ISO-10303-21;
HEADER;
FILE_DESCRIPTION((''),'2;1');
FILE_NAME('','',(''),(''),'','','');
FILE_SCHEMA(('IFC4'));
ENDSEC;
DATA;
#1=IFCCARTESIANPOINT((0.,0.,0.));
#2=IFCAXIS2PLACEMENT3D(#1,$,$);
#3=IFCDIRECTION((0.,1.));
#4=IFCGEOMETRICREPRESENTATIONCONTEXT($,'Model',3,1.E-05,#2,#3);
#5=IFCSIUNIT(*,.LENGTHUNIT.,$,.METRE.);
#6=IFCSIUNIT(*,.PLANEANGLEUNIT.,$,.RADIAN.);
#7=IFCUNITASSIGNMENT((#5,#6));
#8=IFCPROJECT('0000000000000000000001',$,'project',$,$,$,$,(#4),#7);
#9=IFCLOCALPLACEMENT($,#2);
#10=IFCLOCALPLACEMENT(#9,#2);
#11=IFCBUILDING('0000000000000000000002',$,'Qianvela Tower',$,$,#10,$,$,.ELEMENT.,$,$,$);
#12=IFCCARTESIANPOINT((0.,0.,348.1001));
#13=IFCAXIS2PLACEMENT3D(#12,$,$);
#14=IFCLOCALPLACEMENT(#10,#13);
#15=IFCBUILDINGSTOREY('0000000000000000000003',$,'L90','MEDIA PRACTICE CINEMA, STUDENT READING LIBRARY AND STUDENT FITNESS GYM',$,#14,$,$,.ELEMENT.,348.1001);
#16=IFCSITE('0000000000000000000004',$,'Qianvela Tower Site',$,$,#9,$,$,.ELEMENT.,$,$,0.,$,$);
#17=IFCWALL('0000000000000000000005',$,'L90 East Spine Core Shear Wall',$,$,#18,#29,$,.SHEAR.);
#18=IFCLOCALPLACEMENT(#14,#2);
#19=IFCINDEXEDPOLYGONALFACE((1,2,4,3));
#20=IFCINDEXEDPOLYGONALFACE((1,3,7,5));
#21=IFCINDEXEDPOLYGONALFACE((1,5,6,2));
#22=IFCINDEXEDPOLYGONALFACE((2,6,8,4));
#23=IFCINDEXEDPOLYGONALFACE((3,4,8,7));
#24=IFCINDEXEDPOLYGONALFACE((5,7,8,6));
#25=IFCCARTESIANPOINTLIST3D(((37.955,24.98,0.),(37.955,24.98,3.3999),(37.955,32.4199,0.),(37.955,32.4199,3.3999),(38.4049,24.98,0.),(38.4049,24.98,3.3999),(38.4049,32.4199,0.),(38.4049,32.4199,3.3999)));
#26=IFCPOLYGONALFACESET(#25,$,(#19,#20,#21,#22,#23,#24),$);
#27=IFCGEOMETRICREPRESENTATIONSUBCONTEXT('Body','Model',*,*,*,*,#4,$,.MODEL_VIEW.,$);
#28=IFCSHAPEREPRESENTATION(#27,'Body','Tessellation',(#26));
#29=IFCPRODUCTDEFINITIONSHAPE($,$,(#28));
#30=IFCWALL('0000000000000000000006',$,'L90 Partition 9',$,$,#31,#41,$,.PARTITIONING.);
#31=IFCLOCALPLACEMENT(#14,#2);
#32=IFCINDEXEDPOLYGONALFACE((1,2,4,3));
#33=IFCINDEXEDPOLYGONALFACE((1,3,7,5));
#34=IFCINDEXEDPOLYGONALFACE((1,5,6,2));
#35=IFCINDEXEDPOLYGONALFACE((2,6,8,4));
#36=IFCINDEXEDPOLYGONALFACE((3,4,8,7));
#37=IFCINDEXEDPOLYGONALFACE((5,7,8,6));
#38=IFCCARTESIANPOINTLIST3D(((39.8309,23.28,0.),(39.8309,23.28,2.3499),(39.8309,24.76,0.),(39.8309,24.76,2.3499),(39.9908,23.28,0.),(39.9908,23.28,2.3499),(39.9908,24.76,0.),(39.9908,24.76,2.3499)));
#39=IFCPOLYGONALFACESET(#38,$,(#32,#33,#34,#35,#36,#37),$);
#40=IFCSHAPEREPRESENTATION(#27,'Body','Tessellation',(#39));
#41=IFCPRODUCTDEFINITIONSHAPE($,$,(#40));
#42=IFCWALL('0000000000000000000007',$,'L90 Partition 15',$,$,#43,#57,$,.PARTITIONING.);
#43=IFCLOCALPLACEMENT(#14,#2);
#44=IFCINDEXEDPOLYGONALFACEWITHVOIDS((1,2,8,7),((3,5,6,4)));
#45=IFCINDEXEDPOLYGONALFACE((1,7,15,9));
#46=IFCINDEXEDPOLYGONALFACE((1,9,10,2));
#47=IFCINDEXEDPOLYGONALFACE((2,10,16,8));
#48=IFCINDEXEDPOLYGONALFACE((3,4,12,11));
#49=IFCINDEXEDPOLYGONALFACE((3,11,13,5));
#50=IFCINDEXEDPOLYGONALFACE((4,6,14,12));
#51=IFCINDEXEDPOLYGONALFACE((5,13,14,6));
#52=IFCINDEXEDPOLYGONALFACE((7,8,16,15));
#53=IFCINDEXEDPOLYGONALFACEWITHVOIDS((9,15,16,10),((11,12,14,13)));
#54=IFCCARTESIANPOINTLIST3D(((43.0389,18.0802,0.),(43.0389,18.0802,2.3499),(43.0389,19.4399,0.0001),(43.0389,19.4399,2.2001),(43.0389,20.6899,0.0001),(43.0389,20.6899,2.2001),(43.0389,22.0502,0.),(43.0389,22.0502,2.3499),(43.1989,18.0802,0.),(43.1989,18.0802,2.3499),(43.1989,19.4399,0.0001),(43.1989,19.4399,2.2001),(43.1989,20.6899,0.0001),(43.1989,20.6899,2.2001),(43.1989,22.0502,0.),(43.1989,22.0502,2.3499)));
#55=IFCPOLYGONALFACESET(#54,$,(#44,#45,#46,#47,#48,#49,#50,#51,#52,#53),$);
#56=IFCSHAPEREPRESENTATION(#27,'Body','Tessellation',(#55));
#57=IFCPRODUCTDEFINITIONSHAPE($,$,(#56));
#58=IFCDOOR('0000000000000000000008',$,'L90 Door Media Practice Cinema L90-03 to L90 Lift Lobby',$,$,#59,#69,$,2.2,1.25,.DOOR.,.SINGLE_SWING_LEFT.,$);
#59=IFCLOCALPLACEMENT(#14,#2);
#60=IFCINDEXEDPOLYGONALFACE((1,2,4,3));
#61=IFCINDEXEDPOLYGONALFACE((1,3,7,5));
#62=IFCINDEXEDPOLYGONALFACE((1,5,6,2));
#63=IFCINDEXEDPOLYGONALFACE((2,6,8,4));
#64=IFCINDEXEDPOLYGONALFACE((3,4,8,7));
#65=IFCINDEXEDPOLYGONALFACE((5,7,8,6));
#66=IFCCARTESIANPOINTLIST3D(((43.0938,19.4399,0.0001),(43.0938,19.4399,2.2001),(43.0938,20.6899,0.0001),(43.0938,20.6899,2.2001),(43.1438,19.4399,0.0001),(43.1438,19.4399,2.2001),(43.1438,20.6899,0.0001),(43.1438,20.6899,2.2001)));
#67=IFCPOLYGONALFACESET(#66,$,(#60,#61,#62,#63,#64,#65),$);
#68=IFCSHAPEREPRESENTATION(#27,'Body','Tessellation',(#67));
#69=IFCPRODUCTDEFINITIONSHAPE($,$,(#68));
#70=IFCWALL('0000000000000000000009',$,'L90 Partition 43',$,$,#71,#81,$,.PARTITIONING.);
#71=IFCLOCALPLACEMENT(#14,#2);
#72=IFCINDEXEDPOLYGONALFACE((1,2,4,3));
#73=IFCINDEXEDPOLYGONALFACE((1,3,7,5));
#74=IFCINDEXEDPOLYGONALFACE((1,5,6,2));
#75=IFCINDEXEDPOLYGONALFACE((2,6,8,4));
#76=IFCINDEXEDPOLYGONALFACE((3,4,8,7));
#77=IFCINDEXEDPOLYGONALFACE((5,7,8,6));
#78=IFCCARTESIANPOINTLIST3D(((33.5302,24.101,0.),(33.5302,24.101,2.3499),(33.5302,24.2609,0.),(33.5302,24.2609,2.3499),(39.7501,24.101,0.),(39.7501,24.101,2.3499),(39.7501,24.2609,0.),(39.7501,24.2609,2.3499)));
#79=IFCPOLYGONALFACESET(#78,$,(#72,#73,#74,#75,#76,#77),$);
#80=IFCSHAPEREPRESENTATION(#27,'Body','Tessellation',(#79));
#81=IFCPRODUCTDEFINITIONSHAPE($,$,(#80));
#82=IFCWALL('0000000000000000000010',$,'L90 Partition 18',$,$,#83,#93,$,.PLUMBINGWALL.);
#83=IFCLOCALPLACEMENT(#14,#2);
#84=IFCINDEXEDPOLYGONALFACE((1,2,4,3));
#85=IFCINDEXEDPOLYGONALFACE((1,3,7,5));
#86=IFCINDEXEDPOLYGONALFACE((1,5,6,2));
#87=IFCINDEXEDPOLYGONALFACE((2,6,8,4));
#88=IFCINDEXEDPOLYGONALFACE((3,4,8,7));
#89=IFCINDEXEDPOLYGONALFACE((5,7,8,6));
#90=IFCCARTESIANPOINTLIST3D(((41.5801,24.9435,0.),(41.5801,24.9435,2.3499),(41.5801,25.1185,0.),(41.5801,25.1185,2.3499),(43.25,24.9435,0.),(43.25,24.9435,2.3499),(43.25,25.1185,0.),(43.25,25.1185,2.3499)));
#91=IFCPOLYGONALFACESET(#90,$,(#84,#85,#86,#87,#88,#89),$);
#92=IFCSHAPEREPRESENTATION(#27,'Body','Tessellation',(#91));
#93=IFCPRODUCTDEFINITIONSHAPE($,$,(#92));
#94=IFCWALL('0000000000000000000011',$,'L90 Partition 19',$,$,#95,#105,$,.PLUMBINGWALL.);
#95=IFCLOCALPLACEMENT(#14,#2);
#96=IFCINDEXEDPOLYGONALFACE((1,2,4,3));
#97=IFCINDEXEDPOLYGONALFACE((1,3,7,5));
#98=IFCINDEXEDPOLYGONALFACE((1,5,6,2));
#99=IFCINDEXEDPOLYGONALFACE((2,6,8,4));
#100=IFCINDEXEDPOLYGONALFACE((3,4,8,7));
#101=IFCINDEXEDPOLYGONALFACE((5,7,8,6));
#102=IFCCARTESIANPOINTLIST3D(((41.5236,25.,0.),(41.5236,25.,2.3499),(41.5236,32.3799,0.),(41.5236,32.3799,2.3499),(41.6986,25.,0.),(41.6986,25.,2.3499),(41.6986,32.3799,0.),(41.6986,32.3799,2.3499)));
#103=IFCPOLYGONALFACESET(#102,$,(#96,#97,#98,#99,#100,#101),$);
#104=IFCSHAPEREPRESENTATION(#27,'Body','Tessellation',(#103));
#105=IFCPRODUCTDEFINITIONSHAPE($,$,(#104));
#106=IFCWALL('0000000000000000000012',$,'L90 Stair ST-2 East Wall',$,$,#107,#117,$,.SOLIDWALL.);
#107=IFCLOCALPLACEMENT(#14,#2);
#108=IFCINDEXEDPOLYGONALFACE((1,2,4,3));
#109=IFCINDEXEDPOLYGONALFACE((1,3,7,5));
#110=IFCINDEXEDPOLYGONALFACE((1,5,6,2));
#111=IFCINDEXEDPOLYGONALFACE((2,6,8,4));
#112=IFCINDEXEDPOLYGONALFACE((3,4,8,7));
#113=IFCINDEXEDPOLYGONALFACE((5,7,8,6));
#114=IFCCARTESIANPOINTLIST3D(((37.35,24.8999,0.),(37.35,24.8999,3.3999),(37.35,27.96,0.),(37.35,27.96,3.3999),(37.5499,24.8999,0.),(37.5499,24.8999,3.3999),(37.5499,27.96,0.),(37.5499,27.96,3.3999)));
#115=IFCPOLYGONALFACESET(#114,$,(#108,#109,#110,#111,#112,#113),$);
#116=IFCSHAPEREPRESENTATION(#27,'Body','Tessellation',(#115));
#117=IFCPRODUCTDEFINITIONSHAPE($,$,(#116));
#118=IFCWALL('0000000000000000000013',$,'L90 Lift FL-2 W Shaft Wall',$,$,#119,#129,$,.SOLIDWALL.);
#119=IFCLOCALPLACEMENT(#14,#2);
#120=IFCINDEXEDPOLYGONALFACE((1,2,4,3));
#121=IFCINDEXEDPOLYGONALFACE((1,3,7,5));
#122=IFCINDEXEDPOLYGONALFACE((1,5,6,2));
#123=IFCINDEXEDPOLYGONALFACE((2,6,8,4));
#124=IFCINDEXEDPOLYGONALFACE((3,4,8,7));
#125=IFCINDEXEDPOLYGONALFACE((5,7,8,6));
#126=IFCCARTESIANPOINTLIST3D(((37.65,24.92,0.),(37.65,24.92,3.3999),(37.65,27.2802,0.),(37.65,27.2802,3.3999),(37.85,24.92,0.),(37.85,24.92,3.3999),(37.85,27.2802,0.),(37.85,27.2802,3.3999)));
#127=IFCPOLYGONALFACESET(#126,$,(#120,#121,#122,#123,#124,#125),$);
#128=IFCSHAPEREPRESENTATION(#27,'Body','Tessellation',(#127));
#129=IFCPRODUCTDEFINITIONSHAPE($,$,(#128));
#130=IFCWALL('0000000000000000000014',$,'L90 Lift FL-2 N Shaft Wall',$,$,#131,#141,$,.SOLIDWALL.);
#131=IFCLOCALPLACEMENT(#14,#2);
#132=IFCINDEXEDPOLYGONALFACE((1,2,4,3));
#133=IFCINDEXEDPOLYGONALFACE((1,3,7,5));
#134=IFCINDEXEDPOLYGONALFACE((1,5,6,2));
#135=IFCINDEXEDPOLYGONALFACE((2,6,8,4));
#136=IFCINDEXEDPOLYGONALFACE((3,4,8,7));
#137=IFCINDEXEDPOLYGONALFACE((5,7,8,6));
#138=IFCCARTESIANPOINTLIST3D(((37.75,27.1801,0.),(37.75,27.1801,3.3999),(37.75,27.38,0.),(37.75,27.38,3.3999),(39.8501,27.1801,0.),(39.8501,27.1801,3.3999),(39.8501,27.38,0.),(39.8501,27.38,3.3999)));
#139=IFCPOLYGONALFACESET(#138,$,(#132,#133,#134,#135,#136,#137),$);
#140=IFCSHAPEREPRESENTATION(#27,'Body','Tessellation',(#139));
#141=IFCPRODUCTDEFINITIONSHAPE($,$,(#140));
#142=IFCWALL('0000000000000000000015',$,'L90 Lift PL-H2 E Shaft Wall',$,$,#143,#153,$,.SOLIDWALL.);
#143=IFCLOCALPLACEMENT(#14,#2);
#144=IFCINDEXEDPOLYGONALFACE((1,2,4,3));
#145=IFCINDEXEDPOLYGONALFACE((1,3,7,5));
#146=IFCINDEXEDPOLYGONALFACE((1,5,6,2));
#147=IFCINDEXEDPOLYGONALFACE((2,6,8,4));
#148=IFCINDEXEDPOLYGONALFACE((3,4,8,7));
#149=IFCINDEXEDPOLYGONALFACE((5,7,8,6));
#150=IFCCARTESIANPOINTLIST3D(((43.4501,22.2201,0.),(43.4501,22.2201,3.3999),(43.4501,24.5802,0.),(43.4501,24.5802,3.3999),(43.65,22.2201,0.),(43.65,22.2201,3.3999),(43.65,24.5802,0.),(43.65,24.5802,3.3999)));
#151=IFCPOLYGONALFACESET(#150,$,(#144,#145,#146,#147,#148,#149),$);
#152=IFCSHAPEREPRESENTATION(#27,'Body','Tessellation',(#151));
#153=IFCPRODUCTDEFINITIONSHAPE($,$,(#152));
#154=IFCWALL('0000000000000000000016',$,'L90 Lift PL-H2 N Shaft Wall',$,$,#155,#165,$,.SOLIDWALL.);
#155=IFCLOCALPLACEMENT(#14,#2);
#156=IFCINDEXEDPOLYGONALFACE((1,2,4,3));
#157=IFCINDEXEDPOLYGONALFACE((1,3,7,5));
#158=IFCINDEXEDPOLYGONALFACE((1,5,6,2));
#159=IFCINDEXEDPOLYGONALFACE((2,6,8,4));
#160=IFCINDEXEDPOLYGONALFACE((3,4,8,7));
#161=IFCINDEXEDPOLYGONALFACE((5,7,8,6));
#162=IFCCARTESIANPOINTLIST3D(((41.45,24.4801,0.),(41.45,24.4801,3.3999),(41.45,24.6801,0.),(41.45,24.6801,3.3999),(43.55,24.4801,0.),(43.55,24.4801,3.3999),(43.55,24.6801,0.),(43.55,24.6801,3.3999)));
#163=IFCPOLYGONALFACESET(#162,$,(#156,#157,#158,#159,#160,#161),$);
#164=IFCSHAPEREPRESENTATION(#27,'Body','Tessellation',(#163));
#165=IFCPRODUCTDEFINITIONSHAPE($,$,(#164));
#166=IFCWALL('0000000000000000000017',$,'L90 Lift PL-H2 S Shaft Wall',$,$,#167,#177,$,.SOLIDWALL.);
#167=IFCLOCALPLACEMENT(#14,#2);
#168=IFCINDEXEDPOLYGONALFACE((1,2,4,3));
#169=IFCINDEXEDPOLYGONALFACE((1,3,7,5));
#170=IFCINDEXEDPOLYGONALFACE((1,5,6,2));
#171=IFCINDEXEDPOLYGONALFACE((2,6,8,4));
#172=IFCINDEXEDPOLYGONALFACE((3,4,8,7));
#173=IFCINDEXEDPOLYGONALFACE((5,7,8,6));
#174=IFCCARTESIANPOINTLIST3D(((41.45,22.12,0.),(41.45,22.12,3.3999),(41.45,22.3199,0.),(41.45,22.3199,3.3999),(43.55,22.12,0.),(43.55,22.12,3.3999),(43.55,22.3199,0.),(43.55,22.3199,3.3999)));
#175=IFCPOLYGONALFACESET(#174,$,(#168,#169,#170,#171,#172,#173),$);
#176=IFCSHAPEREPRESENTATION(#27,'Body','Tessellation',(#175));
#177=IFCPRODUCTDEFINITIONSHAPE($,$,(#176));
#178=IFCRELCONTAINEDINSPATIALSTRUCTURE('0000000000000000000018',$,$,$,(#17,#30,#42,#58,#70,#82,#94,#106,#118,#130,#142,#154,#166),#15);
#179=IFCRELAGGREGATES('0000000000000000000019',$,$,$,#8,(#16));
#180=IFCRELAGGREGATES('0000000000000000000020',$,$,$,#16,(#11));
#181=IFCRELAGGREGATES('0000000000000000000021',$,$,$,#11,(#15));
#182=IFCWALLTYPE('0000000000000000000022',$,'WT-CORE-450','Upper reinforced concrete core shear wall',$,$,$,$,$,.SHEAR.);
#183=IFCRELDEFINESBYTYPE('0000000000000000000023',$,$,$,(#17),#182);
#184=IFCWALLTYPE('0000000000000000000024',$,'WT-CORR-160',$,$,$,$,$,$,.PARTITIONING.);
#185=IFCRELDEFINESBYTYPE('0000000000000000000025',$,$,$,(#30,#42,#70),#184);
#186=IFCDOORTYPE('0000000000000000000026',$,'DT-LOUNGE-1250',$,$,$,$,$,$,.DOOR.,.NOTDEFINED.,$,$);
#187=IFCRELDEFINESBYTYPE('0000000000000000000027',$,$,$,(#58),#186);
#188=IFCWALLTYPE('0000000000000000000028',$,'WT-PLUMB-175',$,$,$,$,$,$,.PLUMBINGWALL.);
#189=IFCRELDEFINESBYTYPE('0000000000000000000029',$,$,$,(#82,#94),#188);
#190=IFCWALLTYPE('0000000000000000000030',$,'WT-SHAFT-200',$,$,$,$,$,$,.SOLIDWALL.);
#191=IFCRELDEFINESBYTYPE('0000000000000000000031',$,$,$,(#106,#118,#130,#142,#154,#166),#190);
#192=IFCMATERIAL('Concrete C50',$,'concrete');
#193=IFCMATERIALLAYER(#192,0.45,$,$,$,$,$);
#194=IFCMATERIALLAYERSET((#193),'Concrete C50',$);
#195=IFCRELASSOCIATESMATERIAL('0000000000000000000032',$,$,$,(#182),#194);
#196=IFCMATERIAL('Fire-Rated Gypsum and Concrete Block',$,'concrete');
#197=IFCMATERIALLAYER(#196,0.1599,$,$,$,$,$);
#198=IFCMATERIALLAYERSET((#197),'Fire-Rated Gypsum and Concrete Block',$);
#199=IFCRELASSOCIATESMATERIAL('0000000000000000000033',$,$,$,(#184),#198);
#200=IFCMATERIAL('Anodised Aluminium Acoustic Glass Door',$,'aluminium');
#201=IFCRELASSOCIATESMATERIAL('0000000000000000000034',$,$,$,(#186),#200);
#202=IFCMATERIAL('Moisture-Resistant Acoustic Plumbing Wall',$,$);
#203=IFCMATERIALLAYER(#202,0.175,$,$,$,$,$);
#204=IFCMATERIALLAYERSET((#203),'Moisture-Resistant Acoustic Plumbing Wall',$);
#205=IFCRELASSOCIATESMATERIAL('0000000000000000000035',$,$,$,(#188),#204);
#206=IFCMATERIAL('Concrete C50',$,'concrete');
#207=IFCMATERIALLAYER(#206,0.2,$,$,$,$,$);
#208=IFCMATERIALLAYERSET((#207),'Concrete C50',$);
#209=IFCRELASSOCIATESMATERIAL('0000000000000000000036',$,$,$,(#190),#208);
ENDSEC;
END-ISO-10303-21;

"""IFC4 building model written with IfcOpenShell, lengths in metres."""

from ifc_helpers import new_model, si_unit, direction, frame, frame_2d, origin, place, context, subcontext, project, spatial, rectangle, extrude, material, layer, layer_set, type_object, element, fill, save


model = new_model("IFC4")

# Units and contexts
model_context = context("Model", 3, precision=1e-05, world=origin(), true_north=direction((0.0, 1.0)))
body_context = subcontext(model_context, "Body", "Model", "MODEL_VIEW")
ifc_project = project(units=[si_unit("LENGTHUNIT", "METRE"), si_unit("PLANEANGLEUNIT", "RADIAN")], contexts=[model_context])

# Site, building, storey
site_placement = place(None, origin())
site = spatial("IfcSite", under=ifc_project, at=site_placement, Name="Qianvela Tower Site", CompositionType="ELEMENT", RefElevation=0.0)
building_placement = place(site_placement, origin())
building = spatial("IfcBuilding", under=site, at=building_placement, Name="Qianvela Tower", CompositionType="ELEMENT")
storey_placement = place(building_placement, frame((0.0, 0.0, 348.1001)))
storey = spatial("IfcBuildingStorey", under=building, at=storey_placement, Name="L90", Description="MEDIA PRACTICE CINEMA, STUDENT READING LIBRARY AND STUDENT FITNESS GYM", CompositionType="ELEMENT", Elevation=348.1001)

# Walls
ifc_material_1 = material(Name="Concrete C50", Category="concrete")
ifc_layer_1 = layer(ifc_material_1, 0.45)
ifc_layer_set_1 = layer_set([ifc_layer_1], Name="Concrete C50")
wall_type_1 = type_object("IfcWallType", Name="WT-CORE-450", Description="Upper reinforced concrete core shear wall", PredefinedType="SHEAR", material=ifc_layer_set_1)
wall_1_placement = place(storey_placement, frame((38.1799, 24.98, 0.0), z_axis=(0.0, 0.0, 1.0), x_axis=(0.0, 1.0, 0.0)))
element("IfcWall", 1, at=wall_1_placement, inside=storey, type_object=wall_type_1, Name="L90 East Spine Core Shear Wall", PredefinedType="SHEAR", context=body_context, shape_type="SweptSolid", body=[
    extrude(rectangle(XDim=7.4399, YDim=0.45, at=frame_2d((3.72, 0.0))), origin(), (0.0, 0.0, 1.0), 3.3999),
])
ifc_material_2 = material(Name="Fire-Rated Gypsum and Concrete Block", Category="concrete")
ifc_layer_2 = layer(ifc_material_2, 0.1599)
ifc_layer_set_2 = layer_set([ifc_layer_2], Name="Fire-Rated Gypsum and Concrete Block")
wall_type_2 = type_object("IfcWallType", Name="WT-CORR-160", PredefinedType="PARTITIONING", material=ifc_layer_set_2)
wall_2_placement = place(storey_placement, frame((39.9109, 23.28, 0.0), z_axis=(0.0, 0.0, 1.0), x_axis=(0.0, 1.0, 0.0)))
element("IfcWall", 2, at=wall_2_placement, inside=storey, type_object=wall_type_2, Name="L90 Partition 9", PredefinedType="PARTITIONING", context=body_context, shape_type="SweptSolid", body=[
    extrude(rectangle(XDim=1.48, YDim=0.1599, at=frame_2d((0.74, 0.0))), origin(), (0.0, 0.0, 1.0), 2.3499),
])

# Wall, opening, door
wall_3_placement = place(storey_placement, frame((43.1189, 22.05, 0.0), z_axis=(0.0, 0.0, 1.0), x_axis=(0.0, -1.0, 0.0)))
wall_3 = element("IfcWall", 3, at=wall_3_placement, inside=storey, type_object=wall_type_2, Name="L90 Partition 15", PredefinedType="PARTITIONING", context=body_context, shape_type="SweptSolid", body=[
    extrude(rectangle(XDim=3.97, YDim=0.1599, at=frame_2d((1.9849, 0.0))), origin(), (0.0, 0.0, 1.0), 2.3499),
])
opening_1_placement = place(wall_3_placement, frame((1.3601, 0.0, 0.0)))
opening_1 = element("IfcOpeningElement", 4, at=opening_1_placement, cuts=wall_3, PredefinedType="OPENING", context=body_context, shape_type="SweptSolid", body=[
    extrude(rectangle(XDim=1.25, YDim=2.2, at=frame_2d((0.625, 1.1001))), frame((0.0, 0.0898, 0.0), z_axis=(0.0, -1.0, 0.0), x_axis=(1.0, 0.0, 0.0)), (0.0, 0.0, 1.0), 0.1799),
])
ifc_material_3 = material(Name="Anodised Aluminium Acoustic Glass Door", Category="aluminium")
door_type_1 = type_object("IfcDoorType", Name="DT-LOUNGE-1250", OperationType="NOTDEFINED", PredefinedType="DOOR", material=ifc_material_3)
door_1_placement = place(opening_1_placement, origin())
door_1 = element("IfcDoor", 5, at=door_1_placement, inside=storey, type_object=door_type_1, Name="L90 Door Media Practice Cinema L90-03 to L90 Lift Lobby", OperationType="SINGLE_SWING_LEFT", OverallHeight=2.2, OverallWidth=1.25, PredefinedType="DOOR", context=body_context, shape_type="SweptSolid", body=[
    extrude(rectangle(XDim=1.25, YDim=2.2, at=frame_2d((0.625, 1.1001))), frame((0.0, 0.0249, 0.0), z_axis=(0.0, -1.0, 0.0), x_axis=(1.0, 0.0, 0.0)), (0.0, 0.0, 1.0), 0.05),
])
fill(opening_1, door_1)

# Walls
wall_4_placement = place(storey_placement, frame((39.75, 24.1809, 0.0), z_axis=(0.0, 0.0, 1.0), x_axis=(-1.0, 0.0, 0.0)))
element("IfcWall", 6, at=wall_4_placement, inside=storey, type_object=wall_type_2, Name="L90 Partition 43", PredefinedType="PARTITIONING", context=body_context, shape_type="SweptSolid", body=[
    extrude(rectangle(XDim=6.22, YDim=0.1599, at=frame_2d((3.1099, 0.0))), origin(), (0.0, 0.0, 1.0), 2.3499),
])
ifc_material_4 = material(Name="Moisture-Resistant Acoustic Plumbing Wall")
ifc_layer_3 = layer(ifc_material_4, 0.175)
ifc_layer_set_3 = layer_set([ifc_layer_3], Name="Moisture-Resistant Acoustic Plumbing Wall")
wall_type_3 = type_object("IfcWallType", Name="WT-PLUMB-175", PredefinedType="PLUMBINGWALL", material=ifc_layer_set_3)
wall_5_placement = place(storey_placement, frame((43.25, 25.031, 0.0), z_axis=(0.0, 0.0, 1.0), x_axis=(-1.0, 0.0, 0.0)))
element("IfcWall", 7, at=wall_5_placement, inside=storey, type_object=wall_type_3, Name="L90 Partition 18", PredefinedType="PLUMBINGWALL", context=body_context, shape_type="SweptSolid", body=[
    extrude(rectangle(XDim=1.6699, YDim=0.175, at=frame_2d((0.835, 0.0))), origin(), (0.0, 0.0, 1.0), 2.3499),
])
wall_6_placement = place(storey_placement, frame((41.6111, 25.0, 0.0), z_axis=(0.0, 0.0, 1.0), x_axis=(0.0, 1.0, 0.0)))
element("IfcWall", 8, at=wall_6_placement, inside=storey, type_object=wall_type_3, Name="L90 Partition 19", PredefinedType="PLUMBINGWALL", context=body_context, shape_type="SweptSolid", body=[
    extrude(rectangle(XDim=7.3799, YDim=0.175, at=frame_2d((3.6899, 0.0))), origin(), (0.0, 0.0, 1.0), 2.3499),
])
ifc_material_5 = material(Name="Concrete C50", Category="concrete")
ifc_layer_4 = layer(ifc_material_5, 0.2)
ifc_layer_set_4 = layer_set([ifc_layer_4], Name="Concrete C50")
wall_type_4 = type_object("IfcWallType", Name="WT-SHAFT-200", PredefinedType="SOLIDWALL", material=ifc_layer_set_4)
wall_7_placement = place(storey_placement, frame((37.45, 24.8999, 0.0), z_axis=(0.0, 0.0, 1.0), x_axis=(0.0, 1.0, 0.0)))
element("IfcWall", 9, at=wall_7_placement, inside=storey, type_object=wall_type_4, Name="L90 Stair ST-2 East Wall", PredefinedType="SOLIDWALL", context=body_context, shape_type="SweptSolid", body=[
    extrude(rectangle(XDim=3.0601, YDim=0.2, at=frame_2d((1.53, 0.0))), origin(), (0.0, 0.0, 1.0), 3.3999),
])

# Walls
wall_8_placement = place(storey_placement, frame((37.75, 24.9199, 0.0), z_axis=(0.0, 0.0, 1.0), x_axis=(0.0, 1.0, 0.0)))
element("IfcWall", 10, at=wall_8_placement, inside=storey, type_object=wall_type_4, Name="L90 Lift FL-2 W Shaft Wall", PredefinedType="SOLIDWALL", context=body_context, shape_type="SweptSolid", body=[
    extrude(rectangle(XDim=2.3601, YDim=0.2, at=frame_2d((1.1802, 0.0))), origin(), (0.0, 0.0, 1.0), 3.3999),
])
wall_9_placement = place(storey_placement, frame((37.75, 27.28, 0.0), z_axis=(0.0, 0.0, 1.0), x_axis=(1.0, 0.0, 0.0)))
element("IfcWall", 11, at=wall_9_placement, inside=storey, type_object=wall_type_4, Name="L90 Lift FL-2 N Shaft Wall", PredefinedType="SOLIDWALL", context=body_context, shape_type="SweptSolid", body=[
    extrude(rectangle(XDim=2.1001, YDim=0.2, at=frame_2d((1.05, 0.0))), origin(), (0.0, 0.0, 1.0), 3.3999),
])
wall_10_placement = place(storey_placement, frame((43.55, 22.22, 0.0), z_axis=(0.0, 0.0, 1.0), x_axis=(0.0, 1.0, 0.0)))
element("IfcWall", 12, at=wall_10_placement, inside=storey, type_object=wall_type_4, Name="L90 Lift PL-H2 E Shaft Wall", PredefinedType="SOLIDWALL", context=body_context, shape_type="SweptSolid", body=[
    extrude(rectangle(XDim=2.3601, YDim=0.2, at=frame_2d((1.1802, 0.0))), origin(), (0.0, 0.0, 1.0), 3.3999),
])

# Walls
for number, where, z_axis, x_axis, name in (
    (13, (41.45, 24.5801, 0.0), (0.0, 0.0, 1.0), (1.0, 0.0, 0.0), "L90 Lift PL-H2 N Shaft Wall"),
    (14, (41.45, 22.22, 0.0), (0.0, 0.0, 1.0), (1.0, 0.0, 0.0), "L90 Lift PL-H2 S Shaft Wall"),
):
    element("IfcWall", number, at=place(storey_placement, frame(where, z_axis=z_axis, x_axis=x_axis)), inside=storey, type_object=wall_type_4, Name=name, PredefinedType="SOLIDWALL", context=body_context, shape_type="SweptSolid", body=[
        extrude(rectangle(XDim=2.1001, YDim=0.2, at=frame_2d((1.05, 0.0))), origin(), (0.0, 0.0, 1.0), 3.3999),
    ])

save(model, "model.ifc")
